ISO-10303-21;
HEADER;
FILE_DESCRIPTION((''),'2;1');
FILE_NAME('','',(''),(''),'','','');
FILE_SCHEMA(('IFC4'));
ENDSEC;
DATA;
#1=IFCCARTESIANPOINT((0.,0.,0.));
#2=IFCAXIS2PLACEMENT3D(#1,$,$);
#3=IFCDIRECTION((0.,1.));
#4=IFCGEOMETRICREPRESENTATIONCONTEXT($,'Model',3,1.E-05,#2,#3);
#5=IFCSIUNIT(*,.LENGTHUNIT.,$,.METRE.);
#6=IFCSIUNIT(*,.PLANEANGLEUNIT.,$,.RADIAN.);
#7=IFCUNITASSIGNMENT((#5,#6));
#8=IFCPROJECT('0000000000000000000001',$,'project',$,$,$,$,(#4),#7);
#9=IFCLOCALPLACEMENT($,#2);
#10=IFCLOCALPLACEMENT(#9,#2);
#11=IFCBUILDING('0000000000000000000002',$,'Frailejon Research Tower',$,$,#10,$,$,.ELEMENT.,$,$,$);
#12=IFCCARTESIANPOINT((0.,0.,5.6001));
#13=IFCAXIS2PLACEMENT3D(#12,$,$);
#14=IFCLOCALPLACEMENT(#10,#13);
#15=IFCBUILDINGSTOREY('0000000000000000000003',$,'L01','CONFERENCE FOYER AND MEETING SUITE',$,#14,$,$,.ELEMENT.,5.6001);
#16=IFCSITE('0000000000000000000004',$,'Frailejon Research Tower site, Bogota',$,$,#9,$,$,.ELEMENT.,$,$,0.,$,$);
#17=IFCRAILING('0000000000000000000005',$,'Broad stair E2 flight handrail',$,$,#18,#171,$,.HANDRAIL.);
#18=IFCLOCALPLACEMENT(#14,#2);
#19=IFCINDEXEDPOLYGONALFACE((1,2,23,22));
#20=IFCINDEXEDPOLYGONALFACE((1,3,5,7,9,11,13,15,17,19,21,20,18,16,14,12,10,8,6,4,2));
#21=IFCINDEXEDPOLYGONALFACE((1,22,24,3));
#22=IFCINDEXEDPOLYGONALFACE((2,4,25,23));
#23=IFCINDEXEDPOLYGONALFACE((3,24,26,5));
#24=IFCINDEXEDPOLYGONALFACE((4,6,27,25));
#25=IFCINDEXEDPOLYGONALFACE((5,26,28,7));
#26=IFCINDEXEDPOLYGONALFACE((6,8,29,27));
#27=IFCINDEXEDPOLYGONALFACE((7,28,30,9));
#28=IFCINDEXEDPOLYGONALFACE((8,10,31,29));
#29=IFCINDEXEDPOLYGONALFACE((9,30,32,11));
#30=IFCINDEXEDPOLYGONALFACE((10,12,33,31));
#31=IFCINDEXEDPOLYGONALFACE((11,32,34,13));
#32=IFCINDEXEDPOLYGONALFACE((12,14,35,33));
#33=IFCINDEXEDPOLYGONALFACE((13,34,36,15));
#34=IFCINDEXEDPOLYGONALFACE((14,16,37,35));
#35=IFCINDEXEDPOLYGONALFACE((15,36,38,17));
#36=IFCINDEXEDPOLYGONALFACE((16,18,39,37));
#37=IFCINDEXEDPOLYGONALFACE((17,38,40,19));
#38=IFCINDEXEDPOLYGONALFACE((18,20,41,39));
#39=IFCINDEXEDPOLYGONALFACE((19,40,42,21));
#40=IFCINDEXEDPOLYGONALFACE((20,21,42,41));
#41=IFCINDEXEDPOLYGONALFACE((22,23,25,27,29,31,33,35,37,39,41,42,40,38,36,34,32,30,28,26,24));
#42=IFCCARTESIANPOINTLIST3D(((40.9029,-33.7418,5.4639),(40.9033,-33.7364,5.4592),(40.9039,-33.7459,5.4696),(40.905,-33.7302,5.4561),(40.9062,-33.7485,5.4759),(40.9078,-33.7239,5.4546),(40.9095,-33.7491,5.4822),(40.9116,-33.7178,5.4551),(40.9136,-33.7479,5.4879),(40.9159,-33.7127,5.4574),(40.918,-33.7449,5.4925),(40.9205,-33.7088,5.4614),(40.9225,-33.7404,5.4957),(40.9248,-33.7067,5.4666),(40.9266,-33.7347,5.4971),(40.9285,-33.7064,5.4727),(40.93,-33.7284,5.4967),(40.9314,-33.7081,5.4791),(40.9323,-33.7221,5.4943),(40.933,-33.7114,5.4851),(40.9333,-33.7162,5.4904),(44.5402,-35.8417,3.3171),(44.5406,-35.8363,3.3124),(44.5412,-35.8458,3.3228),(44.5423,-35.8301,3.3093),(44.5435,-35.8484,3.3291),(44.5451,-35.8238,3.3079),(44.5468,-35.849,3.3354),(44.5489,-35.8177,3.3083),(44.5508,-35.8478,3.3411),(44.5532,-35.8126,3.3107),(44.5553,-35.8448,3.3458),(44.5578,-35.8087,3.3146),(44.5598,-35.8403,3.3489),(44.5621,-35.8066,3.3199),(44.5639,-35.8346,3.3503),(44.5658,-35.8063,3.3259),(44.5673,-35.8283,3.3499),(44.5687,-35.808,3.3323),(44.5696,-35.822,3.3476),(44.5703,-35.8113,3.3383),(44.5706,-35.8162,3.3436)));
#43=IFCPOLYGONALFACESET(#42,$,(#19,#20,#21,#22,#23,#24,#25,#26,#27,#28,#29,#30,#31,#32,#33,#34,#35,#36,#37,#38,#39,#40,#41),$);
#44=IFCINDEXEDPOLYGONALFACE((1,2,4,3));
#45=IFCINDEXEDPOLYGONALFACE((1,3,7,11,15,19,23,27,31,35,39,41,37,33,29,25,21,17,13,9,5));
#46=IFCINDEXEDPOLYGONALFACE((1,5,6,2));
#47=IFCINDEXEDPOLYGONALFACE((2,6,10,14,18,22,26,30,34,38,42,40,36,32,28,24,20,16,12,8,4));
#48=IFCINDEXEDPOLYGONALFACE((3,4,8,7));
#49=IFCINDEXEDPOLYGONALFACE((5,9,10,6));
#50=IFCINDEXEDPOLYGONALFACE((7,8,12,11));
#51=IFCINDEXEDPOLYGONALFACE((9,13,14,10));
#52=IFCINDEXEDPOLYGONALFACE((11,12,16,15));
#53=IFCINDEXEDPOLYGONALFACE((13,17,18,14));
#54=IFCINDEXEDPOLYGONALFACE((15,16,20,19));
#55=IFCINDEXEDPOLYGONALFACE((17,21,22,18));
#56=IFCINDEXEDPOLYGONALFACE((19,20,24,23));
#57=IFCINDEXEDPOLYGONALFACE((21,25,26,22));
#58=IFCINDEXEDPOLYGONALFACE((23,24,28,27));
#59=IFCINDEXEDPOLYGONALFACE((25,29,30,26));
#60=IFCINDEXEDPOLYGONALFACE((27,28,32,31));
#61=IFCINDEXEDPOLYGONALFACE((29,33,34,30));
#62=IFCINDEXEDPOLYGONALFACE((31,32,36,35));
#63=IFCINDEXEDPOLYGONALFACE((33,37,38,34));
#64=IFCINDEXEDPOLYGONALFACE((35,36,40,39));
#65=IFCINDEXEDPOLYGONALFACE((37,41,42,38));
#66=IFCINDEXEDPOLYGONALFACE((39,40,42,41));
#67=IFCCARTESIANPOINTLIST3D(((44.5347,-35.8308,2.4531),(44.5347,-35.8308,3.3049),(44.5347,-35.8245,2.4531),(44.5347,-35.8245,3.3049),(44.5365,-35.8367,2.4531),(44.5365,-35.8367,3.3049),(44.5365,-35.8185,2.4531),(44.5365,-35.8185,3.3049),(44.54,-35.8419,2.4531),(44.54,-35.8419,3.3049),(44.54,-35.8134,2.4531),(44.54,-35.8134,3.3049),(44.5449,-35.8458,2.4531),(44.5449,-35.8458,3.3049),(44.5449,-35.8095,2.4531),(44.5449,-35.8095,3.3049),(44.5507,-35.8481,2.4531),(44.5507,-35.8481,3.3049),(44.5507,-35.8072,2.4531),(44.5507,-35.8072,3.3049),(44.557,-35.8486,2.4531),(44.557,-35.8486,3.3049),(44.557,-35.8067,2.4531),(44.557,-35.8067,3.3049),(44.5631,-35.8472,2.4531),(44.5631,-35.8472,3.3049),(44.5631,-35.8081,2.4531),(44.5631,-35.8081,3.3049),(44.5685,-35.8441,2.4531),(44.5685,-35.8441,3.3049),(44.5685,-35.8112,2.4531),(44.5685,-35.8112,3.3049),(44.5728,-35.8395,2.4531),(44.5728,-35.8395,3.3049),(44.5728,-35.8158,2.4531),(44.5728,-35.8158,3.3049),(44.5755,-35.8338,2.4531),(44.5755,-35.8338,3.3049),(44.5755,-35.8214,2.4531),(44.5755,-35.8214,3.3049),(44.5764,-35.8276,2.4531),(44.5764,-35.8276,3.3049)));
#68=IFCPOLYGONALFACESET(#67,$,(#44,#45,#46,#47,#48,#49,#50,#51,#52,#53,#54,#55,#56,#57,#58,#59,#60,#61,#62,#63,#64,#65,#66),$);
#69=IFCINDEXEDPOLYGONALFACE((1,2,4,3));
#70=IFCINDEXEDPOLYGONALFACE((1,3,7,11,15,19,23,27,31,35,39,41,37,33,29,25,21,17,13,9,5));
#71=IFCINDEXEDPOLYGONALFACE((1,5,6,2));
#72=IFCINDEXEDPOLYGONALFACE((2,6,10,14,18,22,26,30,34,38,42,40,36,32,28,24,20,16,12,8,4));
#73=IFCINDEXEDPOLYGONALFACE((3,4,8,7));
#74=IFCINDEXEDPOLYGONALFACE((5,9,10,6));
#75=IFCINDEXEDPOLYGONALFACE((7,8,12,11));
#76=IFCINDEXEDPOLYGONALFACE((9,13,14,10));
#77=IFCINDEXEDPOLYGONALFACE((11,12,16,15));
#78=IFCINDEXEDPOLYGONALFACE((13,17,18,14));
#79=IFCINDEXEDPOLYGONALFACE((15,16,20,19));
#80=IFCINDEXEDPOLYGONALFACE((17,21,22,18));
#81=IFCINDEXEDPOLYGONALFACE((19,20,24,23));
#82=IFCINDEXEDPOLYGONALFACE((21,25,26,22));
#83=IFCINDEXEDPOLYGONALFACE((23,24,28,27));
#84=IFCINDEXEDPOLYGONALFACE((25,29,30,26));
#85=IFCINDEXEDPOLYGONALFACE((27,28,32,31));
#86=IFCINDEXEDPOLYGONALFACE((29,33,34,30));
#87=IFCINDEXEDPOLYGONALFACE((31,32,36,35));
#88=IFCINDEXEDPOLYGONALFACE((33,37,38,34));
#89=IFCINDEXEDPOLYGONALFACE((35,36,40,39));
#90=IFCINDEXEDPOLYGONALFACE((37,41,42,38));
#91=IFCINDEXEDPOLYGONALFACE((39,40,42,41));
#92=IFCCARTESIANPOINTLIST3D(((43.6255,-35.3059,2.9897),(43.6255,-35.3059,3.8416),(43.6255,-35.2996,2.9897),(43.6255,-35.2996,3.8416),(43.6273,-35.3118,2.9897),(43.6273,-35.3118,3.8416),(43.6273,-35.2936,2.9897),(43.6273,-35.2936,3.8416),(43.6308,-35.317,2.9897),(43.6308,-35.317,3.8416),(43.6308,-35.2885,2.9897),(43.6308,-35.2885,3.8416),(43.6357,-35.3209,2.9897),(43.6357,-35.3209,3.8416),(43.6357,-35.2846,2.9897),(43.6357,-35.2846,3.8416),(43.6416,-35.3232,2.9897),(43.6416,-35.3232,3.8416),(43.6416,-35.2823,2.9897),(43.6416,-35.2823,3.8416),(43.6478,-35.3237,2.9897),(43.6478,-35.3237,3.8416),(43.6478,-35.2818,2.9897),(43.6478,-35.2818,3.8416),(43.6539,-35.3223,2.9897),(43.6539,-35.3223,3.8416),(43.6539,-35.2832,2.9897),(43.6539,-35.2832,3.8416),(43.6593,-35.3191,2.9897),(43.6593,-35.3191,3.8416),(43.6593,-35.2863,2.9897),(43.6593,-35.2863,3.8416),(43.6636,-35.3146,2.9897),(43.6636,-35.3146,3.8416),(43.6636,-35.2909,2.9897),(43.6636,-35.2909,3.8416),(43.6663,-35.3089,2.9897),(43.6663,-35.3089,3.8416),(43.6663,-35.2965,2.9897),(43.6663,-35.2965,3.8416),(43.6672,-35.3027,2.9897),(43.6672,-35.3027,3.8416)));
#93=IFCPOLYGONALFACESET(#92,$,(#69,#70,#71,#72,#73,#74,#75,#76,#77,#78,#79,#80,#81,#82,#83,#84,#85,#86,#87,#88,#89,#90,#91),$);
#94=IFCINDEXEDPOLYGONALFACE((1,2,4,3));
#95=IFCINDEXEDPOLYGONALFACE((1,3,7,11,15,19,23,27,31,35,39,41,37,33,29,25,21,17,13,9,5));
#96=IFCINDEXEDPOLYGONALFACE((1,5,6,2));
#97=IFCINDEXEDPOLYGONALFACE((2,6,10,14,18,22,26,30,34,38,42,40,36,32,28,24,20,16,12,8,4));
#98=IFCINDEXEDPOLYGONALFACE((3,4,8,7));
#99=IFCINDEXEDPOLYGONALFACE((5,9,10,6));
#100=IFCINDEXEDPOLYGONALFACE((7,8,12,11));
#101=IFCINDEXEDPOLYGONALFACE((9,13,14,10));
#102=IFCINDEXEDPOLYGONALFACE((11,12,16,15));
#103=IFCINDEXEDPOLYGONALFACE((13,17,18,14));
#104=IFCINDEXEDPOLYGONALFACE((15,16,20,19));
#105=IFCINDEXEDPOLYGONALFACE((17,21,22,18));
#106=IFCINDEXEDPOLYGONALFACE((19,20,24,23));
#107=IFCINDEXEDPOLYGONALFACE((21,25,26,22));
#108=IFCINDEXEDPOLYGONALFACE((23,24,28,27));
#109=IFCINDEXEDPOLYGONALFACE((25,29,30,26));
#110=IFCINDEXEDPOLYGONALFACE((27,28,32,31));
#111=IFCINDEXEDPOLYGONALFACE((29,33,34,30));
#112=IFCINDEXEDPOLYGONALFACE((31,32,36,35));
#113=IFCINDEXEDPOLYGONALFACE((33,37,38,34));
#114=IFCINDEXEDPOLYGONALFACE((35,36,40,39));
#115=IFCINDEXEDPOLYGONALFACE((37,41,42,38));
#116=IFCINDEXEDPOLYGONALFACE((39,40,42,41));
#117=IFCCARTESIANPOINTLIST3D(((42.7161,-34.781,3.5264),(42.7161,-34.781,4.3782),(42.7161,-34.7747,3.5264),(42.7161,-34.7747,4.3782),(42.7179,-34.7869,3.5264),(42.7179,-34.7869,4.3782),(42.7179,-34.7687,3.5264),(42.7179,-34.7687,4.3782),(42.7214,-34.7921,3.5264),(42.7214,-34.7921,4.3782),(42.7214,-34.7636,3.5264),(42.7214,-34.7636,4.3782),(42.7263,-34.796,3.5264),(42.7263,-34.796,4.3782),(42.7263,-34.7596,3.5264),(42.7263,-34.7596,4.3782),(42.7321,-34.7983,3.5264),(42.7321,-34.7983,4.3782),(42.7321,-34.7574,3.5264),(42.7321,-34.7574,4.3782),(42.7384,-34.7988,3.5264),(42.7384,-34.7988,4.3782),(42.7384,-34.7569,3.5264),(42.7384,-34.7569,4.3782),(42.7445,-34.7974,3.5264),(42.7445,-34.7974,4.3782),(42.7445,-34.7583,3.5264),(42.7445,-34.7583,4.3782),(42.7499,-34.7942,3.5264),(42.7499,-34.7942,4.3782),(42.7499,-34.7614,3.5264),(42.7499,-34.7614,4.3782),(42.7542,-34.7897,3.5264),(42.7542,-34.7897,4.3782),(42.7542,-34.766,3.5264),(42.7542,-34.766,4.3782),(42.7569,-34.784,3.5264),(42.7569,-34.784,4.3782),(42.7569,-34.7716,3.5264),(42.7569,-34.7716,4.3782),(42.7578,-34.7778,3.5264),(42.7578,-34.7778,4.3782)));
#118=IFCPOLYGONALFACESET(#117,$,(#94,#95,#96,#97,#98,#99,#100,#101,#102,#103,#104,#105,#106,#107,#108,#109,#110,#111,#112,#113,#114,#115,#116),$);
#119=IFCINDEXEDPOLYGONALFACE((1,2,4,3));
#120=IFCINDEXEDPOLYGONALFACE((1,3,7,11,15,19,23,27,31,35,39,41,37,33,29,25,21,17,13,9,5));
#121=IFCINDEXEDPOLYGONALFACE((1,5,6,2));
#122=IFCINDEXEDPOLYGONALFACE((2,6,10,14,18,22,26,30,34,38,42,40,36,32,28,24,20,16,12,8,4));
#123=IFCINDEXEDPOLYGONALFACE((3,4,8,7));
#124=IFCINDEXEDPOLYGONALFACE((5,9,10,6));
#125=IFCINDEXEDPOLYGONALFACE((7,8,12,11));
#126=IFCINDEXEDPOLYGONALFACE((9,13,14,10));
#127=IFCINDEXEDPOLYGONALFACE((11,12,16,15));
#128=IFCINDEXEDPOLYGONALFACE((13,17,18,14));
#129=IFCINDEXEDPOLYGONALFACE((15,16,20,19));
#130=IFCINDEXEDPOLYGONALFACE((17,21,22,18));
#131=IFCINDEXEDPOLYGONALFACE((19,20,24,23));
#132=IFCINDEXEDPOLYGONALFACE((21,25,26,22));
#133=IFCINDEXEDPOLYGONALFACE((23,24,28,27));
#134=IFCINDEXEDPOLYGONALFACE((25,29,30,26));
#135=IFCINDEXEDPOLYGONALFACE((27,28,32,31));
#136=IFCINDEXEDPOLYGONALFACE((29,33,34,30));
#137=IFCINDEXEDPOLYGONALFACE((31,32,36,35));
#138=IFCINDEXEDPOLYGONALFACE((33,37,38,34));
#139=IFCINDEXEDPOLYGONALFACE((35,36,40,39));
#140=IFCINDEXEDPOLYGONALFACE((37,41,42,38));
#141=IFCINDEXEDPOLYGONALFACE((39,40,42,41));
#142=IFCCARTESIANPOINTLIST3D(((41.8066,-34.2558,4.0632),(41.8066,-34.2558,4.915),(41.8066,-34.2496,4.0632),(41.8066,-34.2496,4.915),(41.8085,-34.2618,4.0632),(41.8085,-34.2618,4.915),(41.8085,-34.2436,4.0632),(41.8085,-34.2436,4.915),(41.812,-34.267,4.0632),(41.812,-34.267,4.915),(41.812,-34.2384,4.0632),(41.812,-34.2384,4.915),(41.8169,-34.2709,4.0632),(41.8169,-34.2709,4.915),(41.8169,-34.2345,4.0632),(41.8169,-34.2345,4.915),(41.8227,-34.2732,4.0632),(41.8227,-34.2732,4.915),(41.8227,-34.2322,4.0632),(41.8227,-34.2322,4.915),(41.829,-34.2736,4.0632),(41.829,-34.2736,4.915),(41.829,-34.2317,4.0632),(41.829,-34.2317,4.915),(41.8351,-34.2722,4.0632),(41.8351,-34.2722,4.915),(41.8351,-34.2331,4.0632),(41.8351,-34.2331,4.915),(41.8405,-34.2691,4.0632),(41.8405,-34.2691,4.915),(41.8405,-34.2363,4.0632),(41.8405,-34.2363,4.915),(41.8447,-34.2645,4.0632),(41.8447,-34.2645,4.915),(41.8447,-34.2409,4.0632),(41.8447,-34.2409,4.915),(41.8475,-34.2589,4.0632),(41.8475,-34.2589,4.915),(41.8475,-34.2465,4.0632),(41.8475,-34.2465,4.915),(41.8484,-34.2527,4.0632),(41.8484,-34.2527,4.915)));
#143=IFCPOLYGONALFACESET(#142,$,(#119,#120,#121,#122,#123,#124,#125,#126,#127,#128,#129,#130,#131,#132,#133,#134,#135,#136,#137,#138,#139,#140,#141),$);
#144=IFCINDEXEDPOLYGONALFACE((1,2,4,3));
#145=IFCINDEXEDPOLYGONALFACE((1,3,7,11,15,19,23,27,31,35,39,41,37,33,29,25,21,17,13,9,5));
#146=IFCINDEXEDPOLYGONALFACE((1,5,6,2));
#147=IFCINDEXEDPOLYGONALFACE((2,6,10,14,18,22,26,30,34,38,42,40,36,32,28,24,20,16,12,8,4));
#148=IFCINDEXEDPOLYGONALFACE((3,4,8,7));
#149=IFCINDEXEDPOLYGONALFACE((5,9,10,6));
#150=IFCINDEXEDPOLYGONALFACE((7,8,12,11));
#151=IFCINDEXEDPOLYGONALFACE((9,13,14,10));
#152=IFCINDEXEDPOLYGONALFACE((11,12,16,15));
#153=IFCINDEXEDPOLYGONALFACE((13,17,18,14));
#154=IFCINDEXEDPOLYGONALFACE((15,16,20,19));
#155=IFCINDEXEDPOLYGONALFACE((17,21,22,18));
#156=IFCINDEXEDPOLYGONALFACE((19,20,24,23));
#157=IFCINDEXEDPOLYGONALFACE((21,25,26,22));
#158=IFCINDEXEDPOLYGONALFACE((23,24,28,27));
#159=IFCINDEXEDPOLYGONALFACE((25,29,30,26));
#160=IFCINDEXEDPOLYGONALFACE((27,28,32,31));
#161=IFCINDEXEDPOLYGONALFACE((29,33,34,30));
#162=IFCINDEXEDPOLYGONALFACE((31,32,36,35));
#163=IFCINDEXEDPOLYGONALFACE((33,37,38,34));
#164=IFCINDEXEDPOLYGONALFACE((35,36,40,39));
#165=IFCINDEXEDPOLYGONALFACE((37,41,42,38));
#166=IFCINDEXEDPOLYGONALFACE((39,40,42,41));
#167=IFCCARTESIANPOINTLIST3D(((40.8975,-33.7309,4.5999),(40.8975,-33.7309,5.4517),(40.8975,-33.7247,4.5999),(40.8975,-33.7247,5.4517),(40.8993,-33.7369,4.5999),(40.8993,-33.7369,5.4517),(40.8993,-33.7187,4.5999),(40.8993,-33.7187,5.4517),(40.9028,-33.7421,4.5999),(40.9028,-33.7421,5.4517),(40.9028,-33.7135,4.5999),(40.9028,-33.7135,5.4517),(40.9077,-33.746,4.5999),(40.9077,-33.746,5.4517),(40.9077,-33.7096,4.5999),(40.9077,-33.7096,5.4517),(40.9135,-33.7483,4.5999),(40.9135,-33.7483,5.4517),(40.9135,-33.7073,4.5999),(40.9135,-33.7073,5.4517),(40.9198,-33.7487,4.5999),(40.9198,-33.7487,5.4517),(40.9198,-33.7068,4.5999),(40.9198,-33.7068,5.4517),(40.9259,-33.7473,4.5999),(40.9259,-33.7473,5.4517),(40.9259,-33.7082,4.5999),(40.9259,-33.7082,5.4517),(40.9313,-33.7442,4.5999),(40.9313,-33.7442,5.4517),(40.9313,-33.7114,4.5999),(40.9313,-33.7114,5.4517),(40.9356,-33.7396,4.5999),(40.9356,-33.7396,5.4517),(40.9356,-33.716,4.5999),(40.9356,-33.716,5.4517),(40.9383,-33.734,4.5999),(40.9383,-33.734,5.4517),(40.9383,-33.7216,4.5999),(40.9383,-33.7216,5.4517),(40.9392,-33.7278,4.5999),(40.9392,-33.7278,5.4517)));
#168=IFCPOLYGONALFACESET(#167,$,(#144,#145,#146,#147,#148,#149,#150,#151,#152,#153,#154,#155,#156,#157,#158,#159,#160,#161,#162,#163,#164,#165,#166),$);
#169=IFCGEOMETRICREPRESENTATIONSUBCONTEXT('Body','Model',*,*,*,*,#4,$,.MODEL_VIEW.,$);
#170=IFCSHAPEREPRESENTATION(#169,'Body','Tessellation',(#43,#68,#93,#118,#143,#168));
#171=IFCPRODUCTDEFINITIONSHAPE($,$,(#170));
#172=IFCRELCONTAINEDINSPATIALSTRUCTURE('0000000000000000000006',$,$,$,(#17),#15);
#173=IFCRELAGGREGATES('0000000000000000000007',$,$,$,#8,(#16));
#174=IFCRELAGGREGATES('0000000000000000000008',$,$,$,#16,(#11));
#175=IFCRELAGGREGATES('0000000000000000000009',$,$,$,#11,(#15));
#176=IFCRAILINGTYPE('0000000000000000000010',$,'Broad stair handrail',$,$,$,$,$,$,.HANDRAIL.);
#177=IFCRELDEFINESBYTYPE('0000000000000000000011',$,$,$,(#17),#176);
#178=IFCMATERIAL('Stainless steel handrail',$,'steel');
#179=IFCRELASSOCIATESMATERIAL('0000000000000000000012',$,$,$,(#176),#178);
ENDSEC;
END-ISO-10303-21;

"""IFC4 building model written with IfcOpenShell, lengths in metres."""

from ifc_helpers import new_model, si_unit, direction, frame, origin, origin_2d, place, context, subcontext, project, spatial, circle, extrude, material, type_object, element, save


model = new_model("IFC4")

# Units and contexts
model_context = context("Model", 3, precision=1e-05, world=origin(), true_north=direction((0.0, 1.0)))
body_context = subcontext(model_context, "Body", "Model", "MODEL_VIEW")
ifc_project = project(units=[si_unit("LENGTHUNIT", "METRE"), si_unit("PLANEANGLEUNIT", "RADIAN")], contexts=[model_context])

# Site, building, storey
site_placement = place(None, origin())
site = spatial("IfcSite", under=ifc_project, at=site_placement, Name="Frailejon Research Tower site, Bogota", CompositionType="ELEMENT", RefElevation=0.0)
building_placement = place(site_placement, origin())
building = spatial("IfcBuilding", under=site, at=building_placement, Name="Frailejon Research Tower", CompositionType="ELEMENT")
storey_placement = place(building_placement, frame((0.0, 0.0, 5.6001)))
storey = spatial("IfcBuildingStorey", under=building, at=storey_placement, Name="L01", Description="CONFERENCE FOYER AND MEETING SUITE", CompositionType="ELEMENT", Elevation=5.6001)

# Railing
ifc_material_1 = material(Name="Stainless steel handrail", Category="steel")
railing_type_1 = type_object("IfcRailingType", Name="Broad stair handrail", PredefinedType="HANDRAIL", material=ifc_material_1)
railing_1_placement = place(storey_placement, frame((44.5554, -35.8276, 2.4531)))
element("IfcRailing", 1, at=railing_1_placement, inside=storey, type_object=railing_type_1, Name="Broad stair E2 flight handrail", PredefinedType="HANDRAIL", context=body_context, shape_type="SweptSolid", body=[
    extrude(circle(Radius=0.0239, at=origin_2d()), frame((0.0, 0.0, 0.876), z_axis=(-0.771137, 0.445197, 0.455135), x_axis=(-0.499984, -0.866035, 0.0)), (0.0, 0.0, 1.0), 4.7168),
    extrude(circle(Radius=0.021, at=origin_2d()), origin(), (0.0, 0.0, 1.0), 0.8518),
    extrude(circle(Radius=0.021, at=origin_2d()), frame((-0.9092, 0.5249, 0.5366)), (0.0, 0.0, 1.0), 0.8518),
    extrude(circle(Radius=0.021, at=origin_2d()), frame((-1.8186, 1.0498, 1.0732)), (0.0, 0.0, 1.0), 0.8518),
    extrude(circle(Radius=0.021, at=origin_2d()), frame((-2.728, 1.575, 1.6101)), (0.0, 0.0, 1.0), 0.8518),
    extrude(circle(Radius=0.021, at=origin_2d()), frame((-3.6372, 2.0999, 2.1467)), (0.0, 0.0, 1.0), 0.8518),
])

save(model, "model.ifc")
